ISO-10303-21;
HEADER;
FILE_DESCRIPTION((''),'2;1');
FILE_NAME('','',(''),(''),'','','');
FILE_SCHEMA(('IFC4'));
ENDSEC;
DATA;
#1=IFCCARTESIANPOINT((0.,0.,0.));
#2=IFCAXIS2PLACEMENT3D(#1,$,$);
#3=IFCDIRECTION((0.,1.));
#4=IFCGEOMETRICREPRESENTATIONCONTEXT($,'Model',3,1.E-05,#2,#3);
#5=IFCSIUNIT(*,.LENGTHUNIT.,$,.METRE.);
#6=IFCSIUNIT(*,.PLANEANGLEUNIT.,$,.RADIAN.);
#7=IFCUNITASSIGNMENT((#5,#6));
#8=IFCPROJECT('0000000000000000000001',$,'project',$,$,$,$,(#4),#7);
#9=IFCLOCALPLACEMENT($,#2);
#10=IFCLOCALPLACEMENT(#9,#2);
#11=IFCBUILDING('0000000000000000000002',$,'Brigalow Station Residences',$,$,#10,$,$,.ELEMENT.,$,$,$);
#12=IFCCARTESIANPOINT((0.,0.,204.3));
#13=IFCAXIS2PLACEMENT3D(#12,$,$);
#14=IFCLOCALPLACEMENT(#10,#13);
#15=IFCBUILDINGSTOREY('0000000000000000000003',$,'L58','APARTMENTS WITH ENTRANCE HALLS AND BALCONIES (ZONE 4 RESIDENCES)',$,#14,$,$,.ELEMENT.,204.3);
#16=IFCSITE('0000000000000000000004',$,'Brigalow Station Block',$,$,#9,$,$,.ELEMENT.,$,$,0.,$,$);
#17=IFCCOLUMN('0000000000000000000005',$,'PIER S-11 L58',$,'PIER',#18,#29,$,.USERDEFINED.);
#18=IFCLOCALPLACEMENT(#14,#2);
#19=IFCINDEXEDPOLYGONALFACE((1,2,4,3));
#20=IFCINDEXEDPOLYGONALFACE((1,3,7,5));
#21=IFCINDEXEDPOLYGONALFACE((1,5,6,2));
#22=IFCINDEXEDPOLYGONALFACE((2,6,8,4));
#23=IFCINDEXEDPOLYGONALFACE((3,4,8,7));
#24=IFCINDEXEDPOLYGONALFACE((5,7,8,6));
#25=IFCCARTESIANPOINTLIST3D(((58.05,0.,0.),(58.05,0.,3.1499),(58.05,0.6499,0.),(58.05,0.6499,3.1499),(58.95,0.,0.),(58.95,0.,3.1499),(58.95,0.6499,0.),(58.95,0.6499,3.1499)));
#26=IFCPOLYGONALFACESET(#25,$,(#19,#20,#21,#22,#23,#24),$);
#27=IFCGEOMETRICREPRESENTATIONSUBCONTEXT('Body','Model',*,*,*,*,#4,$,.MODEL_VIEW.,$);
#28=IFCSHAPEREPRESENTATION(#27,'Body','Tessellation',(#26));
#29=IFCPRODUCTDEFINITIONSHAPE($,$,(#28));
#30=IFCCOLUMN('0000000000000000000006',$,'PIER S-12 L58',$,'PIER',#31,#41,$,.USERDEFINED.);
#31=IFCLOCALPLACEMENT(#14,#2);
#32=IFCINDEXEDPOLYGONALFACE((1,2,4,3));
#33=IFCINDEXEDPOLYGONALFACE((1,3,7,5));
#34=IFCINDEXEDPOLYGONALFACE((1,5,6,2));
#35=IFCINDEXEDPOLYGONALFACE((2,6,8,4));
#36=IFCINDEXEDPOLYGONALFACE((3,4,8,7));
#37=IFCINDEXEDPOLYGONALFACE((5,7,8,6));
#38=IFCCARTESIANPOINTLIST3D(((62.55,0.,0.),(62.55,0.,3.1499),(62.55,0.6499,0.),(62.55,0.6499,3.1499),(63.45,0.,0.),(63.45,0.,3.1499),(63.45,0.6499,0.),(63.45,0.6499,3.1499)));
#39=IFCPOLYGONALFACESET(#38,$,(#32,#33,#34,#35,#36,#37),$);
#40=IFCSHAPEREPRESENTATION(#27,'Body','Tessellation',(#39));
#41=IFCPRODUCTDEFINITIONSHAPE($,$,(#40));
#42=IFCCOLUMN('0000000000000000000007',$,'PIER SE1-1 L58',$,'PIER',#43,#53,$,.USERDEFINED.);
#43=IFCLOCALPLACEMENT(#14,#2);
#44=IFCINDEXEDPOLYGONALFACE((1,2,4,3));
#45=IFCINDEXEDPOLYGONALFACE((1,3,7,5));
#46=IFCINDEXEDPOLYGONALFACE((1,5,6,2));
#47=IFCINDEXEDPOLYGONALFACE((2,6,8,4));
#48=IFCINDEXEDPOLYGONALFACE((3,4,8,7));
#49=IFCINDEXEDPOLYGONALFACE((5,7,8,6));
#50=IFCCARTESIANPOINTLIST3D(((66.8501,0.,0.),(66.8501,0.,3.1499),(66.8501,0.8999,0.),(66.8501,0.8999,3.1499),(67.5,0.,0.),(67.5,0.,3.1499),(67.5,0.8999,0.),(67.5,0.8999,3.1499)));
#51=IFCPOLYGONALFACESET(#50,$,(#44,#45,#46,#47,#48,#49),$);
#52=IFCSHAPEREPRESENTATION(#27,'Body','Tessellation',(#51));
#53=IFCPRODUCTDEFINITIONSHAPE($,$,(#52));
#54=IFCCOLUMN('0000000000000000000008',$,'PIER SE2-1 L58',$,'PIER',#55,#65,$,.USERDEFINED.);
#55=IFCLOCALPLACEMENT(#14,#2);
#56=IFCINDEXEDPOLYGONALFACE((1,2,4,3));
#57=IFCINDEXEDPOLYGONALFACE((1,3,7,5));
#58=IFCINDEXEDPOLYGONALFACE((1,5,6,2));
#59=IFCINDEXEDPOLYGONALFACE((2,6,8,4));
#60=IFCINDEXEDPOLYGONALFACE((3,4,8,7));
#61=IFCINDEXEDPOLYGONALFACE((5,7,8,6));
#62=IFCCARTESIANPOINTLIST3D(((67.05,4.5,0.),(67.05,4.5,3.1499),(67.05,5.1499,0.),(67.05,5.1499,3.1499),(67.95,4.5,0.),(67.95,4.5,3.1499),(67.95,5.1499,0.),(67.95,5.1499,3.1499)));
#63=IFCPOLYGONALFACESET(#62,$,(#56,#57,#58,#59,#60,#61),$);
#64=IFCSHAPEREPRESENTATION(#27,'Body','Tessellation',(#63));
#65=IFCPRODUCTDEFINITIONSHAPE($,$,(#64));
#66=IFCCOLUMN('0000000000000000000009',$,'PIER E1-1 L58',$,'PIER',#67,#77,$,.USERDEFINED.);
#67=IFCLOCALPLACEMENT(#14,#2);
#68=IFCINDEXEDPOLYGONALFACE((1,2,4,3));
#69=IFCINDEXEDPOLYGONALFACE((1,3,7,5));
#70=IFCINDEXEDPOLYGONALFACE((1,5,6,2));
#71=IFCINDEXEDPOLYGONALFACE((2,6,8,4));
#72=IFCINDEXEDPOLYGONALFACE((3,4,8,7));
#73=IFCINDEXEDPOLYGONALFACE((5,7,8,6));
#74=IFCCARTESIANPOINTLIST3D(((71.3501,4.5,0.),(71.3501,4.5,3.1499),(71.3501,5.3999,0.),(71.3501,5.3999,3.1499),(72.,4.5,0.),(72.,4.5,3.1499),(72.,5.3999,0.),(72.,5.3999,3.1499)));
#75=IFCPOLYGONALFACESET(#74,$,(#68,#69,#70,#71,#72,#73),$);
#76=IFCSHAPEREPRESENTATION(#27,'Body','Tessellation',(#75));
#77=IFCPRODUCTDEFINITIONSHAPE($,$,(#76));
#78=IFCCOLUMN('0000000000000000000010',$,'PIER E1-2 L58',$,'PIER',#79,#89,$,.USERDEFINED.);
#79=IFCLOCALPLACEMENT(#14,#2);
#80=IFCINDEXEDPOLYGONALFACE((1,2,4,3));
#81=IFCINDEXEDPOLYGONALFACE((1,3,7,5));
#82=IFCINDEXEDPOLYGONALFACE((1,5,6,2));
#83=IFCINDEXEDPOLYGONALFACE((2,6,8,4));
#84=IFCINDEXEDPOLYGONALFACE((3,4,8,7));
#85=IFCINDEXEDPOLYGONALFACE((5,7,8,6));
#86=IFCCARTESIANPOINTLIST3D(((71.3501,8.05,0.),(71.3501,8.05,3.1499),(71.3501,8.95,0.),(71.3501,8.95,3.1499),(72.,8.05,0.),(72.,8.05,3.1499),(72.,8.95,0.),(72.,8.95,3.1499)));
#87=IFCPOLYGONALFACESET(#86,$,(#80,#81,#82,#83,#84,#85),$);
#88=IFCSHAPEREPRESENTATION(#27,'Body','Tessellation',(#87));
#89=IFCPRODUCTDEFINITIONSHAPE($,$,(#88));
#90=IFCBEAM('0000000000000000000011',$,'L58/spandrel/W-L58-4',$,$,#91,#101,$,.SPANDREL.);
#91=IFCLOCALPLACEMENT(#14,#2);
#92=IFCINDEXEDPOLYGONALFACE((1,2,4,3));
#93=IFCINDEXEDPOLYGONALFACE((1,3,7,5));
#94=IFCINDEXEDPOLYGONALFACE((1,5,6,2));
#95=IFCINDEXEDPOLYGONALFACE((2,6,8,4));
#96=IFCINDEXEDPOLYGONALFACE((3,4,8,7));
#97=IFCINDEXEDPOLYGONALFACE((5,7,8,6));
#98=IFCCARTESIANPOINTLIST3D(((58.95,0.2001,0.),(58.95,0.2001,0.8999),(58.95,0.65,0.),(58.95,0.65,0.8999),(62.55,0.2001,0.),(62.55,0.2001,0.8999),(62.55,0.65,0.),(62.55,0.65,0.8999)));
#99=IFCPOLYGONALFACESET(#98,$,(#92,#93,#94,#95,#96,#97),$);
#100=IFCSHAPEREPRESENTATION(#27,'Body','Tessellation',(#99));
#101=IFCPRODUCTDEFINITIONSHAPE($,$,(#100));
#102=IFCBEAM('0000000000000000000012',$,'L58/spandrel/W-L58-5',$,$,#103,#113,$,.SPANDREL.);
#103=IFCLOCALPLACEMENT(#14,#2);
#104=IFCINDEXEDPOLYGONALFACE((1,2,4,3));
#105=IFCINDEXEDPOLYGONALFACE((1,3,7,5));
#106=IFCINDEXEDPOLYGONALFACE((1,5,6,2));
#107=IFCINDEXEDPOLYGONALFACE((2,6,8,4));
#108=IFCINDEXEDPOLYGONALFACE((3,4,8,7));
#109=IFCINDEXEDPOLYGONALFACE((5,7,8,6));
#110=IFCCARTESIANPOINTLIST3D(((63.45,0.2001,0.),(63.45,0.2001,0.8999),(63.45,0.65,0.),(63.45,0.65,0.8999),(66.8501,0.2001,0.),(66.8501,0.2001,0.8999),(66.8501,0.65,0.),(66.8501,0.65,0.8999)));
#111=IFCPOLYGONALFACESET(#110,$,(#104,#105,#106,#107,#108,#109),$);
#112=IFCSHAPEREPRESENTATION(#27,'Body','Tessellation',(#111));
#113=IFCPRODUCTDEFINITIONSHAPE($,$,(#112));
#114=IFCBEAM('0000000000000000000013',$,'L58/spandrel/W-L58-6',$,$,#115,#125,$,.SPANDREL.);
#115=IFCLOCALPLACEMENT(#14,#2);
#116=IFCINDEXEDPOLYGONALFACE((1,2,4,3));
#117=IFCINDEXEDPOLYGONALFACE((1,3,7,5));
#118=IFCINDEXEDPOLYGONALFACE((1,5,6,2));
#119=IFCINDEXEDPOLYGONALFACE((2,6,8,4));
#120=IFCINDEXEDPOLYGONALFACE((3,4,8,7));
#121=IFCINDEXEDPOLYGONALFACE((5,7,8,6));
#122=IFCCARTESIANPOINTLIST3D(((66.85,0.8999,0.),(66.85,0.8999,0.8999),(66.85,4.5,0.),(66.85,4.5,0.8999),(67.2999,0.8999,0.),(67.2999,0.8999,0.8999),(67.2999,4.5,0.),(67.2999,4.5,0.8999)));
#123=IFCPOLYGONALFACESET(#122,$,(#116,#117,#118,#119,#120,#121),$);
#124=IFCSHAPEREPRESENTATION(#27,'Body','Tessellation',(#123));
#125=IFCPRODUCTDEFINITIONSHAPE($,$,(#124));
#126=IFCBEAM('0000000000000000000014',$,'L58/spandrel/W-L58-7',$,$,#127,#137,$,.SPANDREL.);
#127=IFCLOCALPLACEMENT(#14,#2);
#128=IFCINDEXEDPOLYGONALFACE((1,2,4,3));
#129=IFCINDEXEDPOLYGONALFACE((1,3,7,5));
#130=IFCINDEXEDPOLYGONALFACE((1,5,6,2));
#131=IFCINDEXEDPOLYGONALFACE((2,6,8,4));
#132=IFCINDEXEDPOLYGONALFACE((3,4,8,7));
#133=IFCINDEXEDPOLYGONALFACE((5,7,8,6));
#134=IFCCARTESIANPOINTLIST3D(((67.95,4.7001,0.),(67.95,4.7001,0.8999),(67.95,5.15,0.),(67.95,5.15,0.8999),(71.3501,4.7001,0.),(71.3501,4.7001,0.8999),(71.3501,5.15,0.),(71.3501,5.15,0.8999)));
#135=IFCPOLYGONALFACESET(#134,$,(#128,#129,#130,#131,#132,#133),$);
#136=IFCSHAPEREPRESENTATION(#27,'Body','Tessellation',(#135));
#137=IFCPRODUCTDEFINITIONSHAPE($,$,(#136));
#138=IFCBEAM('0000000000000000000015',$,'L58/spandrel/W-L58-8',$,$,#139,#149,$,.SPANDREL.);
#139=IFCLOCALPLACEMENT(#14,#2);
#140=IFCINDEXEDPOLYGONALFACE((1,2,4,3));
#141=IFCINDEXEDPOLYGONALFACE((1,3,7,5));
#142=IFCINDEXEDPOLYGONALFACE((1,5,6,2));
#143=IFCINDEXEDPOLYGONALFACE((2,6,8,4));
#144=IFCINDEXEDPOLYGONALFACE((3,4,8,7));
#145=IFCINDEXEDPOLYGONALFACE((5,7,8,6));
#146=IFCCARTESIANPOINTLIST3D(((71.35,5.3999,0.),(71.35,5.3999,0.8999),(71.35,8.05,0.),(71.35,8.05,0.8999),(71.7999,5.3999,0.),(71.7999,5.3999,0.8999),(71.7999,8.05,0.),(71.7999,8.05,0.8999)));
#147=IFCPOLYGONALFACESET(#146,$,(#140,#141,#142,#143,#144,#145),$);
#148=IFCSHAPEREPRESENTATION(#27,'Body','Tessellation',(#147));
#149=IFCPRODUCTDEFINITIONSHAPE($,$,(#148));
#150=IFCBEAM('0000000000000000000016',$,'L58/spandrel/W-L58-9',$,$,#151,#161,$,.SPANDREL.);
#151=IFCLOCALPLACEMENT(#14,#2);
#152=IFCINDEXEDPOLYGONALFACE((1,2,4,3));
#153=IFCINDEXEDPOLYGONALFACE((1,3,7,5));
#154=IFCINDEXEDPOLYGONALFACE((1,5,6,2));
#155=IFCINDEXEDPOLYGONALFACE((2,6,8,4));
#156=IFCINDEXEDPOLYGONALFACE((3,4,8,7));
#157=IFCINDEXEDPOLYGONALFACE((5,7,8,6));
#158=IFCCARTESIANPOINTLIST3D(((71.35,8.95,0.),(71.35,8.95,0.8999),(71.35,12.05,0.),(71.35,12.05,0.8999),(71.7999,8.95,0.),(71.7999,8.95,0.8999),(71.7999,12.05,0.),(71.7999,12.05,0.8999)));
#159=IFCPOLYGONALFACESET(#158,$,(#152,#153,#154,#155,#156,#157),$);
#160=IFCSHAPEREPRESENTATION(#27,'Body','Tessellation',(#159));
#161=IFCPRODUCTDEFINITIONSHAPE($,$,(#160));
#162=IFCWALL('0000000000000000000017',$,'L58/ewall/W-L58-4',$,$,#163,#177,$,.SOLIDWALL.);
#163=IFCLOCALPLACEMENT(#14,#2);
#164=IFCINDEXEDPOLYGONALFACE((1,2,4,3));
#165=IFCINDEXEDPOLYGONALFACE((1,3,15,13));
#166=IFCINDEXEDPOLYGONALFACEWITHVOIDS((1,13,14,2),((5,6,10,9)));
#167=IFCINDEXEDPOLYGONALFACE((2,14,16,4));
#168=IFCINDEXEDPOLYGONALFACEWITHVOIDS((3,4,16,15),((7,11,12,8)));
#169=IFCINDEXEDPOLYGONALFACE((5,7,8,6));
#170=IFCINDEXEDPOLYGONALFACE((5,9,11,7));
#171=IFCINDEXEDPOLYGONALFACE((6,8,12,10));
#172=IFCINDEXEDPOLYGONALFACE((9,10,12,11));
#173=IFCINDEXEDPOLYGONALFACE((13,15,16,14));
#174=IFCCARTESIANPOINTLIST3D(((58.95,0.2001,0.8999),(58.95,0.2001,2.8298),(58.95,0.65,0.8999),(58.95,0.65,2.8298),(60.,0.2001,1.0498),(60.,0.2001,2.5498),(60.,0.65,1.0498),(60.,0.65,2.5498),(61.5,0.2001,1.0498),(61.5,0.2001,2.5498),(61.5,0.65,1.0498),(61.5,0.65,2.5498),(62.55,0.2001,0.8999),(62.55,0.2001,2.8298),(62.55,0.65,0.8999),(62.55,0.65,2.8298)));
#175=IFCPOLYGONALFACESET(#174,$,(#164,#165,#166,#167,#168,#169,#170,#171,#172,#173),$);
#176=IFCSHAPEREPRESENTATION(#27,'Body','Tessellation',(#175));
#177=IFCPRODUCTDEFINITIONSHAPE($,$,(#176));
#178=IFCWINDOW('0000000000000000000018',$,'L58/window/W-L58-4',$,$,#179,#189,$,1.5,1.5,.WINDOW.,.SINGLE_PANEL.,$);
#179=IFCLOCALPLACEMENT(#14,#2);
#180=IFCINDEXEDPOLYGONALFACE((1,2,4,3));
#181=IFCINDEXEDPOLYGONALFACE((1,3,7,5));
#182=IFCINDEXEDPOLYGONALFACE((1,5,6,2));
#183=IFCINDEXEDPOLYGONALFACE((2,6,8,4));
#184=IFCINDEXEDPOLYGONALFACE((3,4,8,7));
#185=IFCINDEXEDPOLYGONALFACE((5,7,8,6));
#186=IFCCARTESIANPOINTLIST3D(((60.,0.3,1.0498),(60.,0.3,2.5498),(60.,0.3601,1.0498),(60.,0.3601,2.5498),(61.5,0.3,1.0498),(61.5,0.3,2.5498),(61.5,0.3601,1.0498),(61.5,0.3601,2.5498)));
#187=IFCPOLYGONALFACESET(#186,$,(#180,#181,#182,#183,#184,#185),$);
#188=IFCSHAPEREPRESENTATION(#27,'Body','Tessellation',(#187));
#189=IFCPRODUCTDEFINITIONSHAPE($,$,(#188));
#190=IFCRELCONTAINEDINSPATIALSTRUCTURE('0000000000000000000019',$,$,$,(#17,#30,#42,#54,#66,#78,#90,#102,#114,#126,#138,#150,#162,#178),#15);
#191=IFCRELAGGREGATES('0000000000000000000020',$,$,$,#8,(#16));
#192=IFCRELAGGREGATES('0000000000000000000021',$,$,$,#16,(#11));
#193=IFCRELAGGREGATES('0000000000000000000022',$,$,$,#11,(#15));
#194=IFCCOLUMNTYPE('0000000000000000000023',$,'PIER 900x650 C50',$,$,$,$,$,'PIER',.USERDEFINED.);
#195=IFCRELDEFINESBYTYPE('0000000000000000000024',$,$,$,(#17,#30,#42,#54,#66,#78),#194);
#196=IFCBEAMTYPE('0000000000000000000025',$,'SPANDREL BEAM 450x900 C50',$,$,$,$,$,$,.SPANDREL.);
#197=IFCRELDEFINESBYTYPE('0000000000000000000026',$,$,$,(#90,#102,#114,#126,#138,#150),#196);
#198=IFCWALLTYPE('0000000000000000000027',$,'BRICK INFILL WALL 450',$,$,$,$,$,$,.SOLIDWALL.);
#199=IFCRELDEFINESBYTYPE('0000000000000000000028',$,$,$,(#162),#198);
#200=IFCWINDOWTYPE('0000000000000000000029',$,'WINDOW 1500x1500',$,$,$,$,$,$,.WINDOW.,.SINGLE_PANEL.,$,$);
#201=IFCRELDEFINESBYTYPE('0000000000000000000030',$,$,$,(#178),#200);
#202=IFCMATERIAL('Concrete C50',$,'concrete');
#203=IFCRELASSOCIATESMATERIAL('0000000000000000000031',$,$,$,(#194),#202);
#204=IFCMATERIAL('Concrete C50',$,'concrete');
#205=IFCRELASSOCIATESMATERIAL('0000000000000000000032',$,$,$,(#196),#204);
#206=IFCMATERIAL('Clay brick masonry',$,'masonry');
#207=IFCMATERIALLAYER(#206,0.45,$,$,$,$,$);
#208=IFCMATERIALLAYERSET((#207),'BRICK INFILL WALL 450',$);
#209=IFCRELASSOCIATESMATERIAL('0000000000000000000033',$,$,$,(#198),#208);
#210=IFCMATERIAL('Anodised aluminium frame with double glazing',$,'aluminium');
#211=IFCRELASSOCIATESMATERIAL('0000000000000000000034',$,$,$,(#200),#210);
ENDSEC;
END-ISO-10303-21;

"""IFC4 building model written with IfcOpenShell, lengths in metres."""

from ifc_helpers import new_model, si_unit, direction, frame, frame_2d, origin, origin_2d, place, context, subcontext, project, spatial, rectangle, extrude, material, layer, layer_set, material_profile, profile_set, type_object, element, fill, save


model = new_model("IFC4")

# Units and contexts
model_context = context("Model", 3, precision=1e-05, world=origin(), true_north=direction((0.0, 1.0)))
body_context = subcontext(model_context, "Body", "Model", "MODEL_VIEW")
ifc_project = project(units=[si_unit("LENGTHUNIT", "METRE"), si_unit("PLANEANGLEUNIT", "RADIAN")], contexts=[model_context])

# Site, building, storey
site_placement = place(None, origin())
site = spatial("IfcSite", under=ifc_project, at=site_placement, Name="Brigalow Station Block", CompositionType="ELEMENT", RefElevation=0.0)
building_placement = place(site_placement, origin())
building = spatial("IfcBuilding", under=site, at=building_placement, Name="Brigalow Station Residences", CompositionType="ELEMENT")
storey_placement = place(building_placement, frame((0.0, 0.0, 204.3)))
storey = spatial("IfcBuildingStorey", under=building, at=storey_placement, Name="L58", Description="APARTMENTS WITH ENTRANCE HALLS AND BALCONIES (ZONE 4 RESIDENCES)", CompositionType="ELEMENT", Elevation=204.3)

# Columns
ifc_material_1 = material(Name="Concrete C50", Category="concrete")
ifc_material_profile_1 = material_profile(ifc_material_1, rectangle(XDim=0.8999, YDim=0.6499, at=origin_2d()), Name="RC900x650")
ifc_profile_set_1 = profile_set([ifc_material_profile_1], Name="Concrete C50")
column_type = type_object("IfcColumnType", Name="PIER 900x650 C50", ElementType="PIER", PredefinedType="USERDEFINED", material=ifc_profile_set_1)
for number, where, z_axis, x_axis, name in (
    (1, (58.5, 0.325, 0.0), (0.0, 0.0, 1.0), (1.0, 0.0, 0.0), "PIER S-11 L58"),
    (2, (63.0, 0.325, 0.0), (0.0, 0.0, 1.0), (1.0, 0.0, 0.0), "PIER S-12 L58"),
    (3, (67.175, 0.45, 0.0), (0.0, 0.0, 1.0), (0.0, 1.0, 0.0), "PIER SE1-1 L58"),
    (4, (67.5, 4.825, 0.0), (0.0, 0.0, 1.0), (1.0, 0.0, 0.0), "PIER SE2-1 L58"),
    (5, (71.675, 4.95, 0.0), (0.0, 0.0, 1.0), (0.0, 1.0, 0.0), "PIER E1-1 L58"),
    (6, (71.675, 8.5, 0.0), (0.0, 0.0, 1.0), (0.0, 1.0, 0.0), "PIER E1-2 L58"),
):
    element("IfcColumn", number, at=place(storey_placement, frame(where, z_axis=z_axis, x_axis=x_axis)), inside=storey, type_object=column_type, Name=name, ObjectType="PIER", PredefinedType="USERDEFINED", context=body_context, shape_type="SweptSolid", body=[
        extrude(rectangle(XDim=0.8999, YDim=0.6499, at=origin_2d()), origin(), (0.0, 0.0, 1.0), 3.1499),
    ])

# Beams
ifc_material_2 = material(Name="Concrete C50", Category="concrete")
ifc_material_profile_2 = material_profile(ifc_material_2, rectangle(XDim=0.45, YDim=0.8999, at=origin_2d()), Name="RC450x900")
ifc_profile_set_2 = profile_set([ifc_material_profile_2], Name="Concrete C50")
beam_type = type_object("IfcBeamType", Name="SPANDREL BEAM 450x900 C50", PredefinedType="SPANDREL", material=ifc_profile_set_2)
beam_1_placement = place(storey_placement, frame((58.95, 0.425, 0.45), z_axis=(1.0, 0.0, 0.0), x_axis=(0.0, 1.0, 0.0)))
element("IfcBeam", 7, at=beam_1_placement, inside=storey, type_object=beam_type, Name="L58/spandrel/W-L58-4", PredefinedType="SPANDREL", context=body_context, shape_type="SweptSolid", body=[
    extrude(rectangle(XDim=0.45, YDim=0.8999, at=origin_2d()), origin(), (0.0, 0.0, 1.0), 3.6001),
])
beam_2_placement = place(storey_placement, frame((63.45, 0.425, 0.45), z_axis=(1.0, 0.0, 0.0), x_axis=(0.0, 1.0, 0.0)))
element("IfcBeam", 8, at=beam_2_placement, inside=storey, type_object=beam_type, Name="L58/spandrel/W-L58-5", PredefinedType="SPANDREL", context=body_context, shape_type="SweptSolid", body=[
    extrude(rectangle(XDim=0.45, YDim=0.8999, at=origin_2d()), origin(), (0.0, 0.0, 1.0), 3.4001),
])
beam_3_placement = place(storey_placement, frame((67.075, 0.8999, 0.45), z_axis=(0.0, 1.0, 0.0), x_axis=(-1.0, 0.0, 0.0)))
element("IfcBeam", 9, at=beam_3_placement, inside=storey, type_object=beam_type, Name="L58/spandrel/W-L58-6", PredefinedType="SPANDREL", context=body_context, shape_type="SweptSolid", body=[
    extrude(rectangle(XDim=0.45, YDim=0.8999, at=origin_2d()), origin(), (0.0, 0.0, 1.0), 3.6001),
])
beam_4_placement = place(storey_placement, frame((67.95, 4.925, 0.45), z_axis=(1.0, 0.0, 0.0), x_axis=(0.0, 1.0, 0.0)))
element("IfcBeam", 10, at=beam_4_placement, inside=storey, type_object=beam_type, Name="L58/spandrel/W-L58-7", PredefinedType="SPANDREL", context=body_context, shape_type="SweptSolid", body=[
    extrude(rectangle(XDim=0.45, YDim=0.8999, at=origin_2d()), origin(), (0.0, 0.0, 1.0), 3.4001),
])
beam_5_placement = place(storey_placement, frame((71.575, 5.3999, 0.45), z_axis=(0.0, 1.0, 0.0), x_axis=(-1.0, 0.0, 0.0)))
element("IfcBeam", 11, at=beam_5_placement, inside=storey, type_object=beam_type, Name="L58/spandrel/W-L58-8", PredefinedType="SPANDREL", context=body_context, shape_type="SweptSolid", body=[
    extrude(rectangle(XDim=0.45, YDim=0.8999, at=origin_2d()), origin(), (0.0, 0.0, 1.0), 2.6501),
])
beam_6_placement = place(storey_placement, frame((71.575, 8.95, 0.45), z_axis=(0.0, 1.0, 0.0), x_axis=(-1.0, 0.0, 0.0)))
element("IfcBeam", 12, at=beam_6_placement, inside=storey, type_object=beam_type, Name="L58/spandrel/W-L58-9", PredefinedType="SPANDREL", context=body_context, shape_type="SweptSolid", body=[
    extrude(rectangle(XDim=0.45, YDim=0.8999, at=origin_2d()), origin(), (0.0, 0.0, 1.0), 3.1001),
])

# Wall, opening, window
ifc_material_3 = material(Name="Clay brick masonry", Category="masonry")
ifc_layer_1 = layer(ifc_material_3, 0.45)
ifc_layer_set_1 = layer_set([ifc_layer_1], Name="BRICK INFILL WALL 450")
wall_type_1 = type_object("IfcWallType", Name="BRICK INFILL WALL 450", PredefinedType="SOLIDWALL", material=ifc_layer_set_1)
wall_1_placement = place(storey_placement, frame((58.95, 0.425, 0.8999), z_axis=(0.0, 0.0, 1.0), x_axis=(1.0, 0.0, 0.0)))
wall_1 = element("IfcWall", 13, at=wall_1_placement, inside=storey, type_object=wall_type_1, Name="L58/ewall/W-L58-4", PredefinedType="SOLIDWALL", context=body_context, shape_type="SweptSolid", body=[
    extrude(rectangle(XDim=3.6001, YDim=0.45, at=frame_2d((1.8, 0.0))), origin(), (0.0, 0.0, 1.0), 1.9299),
])
opening_1_placement = place(wall_1_placement, frame((1.05, 0.0, 0.1499)))
opening_1 = element("IfcOpeningElement", 14, at=opening_1_placement, cuts=wall_1, PredefinedType="OPENING", context=body_context, shape_type="SweptSolid", body=[
    extrude(rectangle(XDim=1.5, YDim=1.5, at=frame_2d((0.75, 0.75))), frame((0.0, 0.2349, 0.0), z_axis=(0.0, -1.0, 0.0), x_axis=(1.0, 0.0, 0.0)), (0.0, 0.0, 1.0), 0.47),
])
ifc_material_4 = material(Name="Anodised aluminium frame with double glazing", Category="aluminium")
window_type_1 = type_object("IfcWindowType", Name="WINDOW 1500x1500", PartitioningType="SINGLE_PANEL", PredefinedType="WINDOW", material=ifc_material_4)
window_1_placement = place(opening_1_placement, origin())
window_1 = element("IfcWindow", 15, at=window_1_placement, inside=storey, type_object=window_type_1, Name="L58/window/W-L58-4", OverallHeight=1.5, OverallWidth=1.5, PartitioningType="SINGLE_PANEL", PredefinedType="WINDOW", context=body_context, shape_type="SweptSolid", body=[
    extrude(rectangle(XDim=1.5, YDim=1.5, at=frame_2d((0.75, 0.75))), frame((0.0, -0.0649, 0.0), z_axis=(0.0, -1.0, 0.0), x_axis=(1.0, 0.0, 0.0)), (0.0, 0.0, 1.0), 0.0601),
])
fill(opening_1, window_1)

save(model, "model.ifc")
